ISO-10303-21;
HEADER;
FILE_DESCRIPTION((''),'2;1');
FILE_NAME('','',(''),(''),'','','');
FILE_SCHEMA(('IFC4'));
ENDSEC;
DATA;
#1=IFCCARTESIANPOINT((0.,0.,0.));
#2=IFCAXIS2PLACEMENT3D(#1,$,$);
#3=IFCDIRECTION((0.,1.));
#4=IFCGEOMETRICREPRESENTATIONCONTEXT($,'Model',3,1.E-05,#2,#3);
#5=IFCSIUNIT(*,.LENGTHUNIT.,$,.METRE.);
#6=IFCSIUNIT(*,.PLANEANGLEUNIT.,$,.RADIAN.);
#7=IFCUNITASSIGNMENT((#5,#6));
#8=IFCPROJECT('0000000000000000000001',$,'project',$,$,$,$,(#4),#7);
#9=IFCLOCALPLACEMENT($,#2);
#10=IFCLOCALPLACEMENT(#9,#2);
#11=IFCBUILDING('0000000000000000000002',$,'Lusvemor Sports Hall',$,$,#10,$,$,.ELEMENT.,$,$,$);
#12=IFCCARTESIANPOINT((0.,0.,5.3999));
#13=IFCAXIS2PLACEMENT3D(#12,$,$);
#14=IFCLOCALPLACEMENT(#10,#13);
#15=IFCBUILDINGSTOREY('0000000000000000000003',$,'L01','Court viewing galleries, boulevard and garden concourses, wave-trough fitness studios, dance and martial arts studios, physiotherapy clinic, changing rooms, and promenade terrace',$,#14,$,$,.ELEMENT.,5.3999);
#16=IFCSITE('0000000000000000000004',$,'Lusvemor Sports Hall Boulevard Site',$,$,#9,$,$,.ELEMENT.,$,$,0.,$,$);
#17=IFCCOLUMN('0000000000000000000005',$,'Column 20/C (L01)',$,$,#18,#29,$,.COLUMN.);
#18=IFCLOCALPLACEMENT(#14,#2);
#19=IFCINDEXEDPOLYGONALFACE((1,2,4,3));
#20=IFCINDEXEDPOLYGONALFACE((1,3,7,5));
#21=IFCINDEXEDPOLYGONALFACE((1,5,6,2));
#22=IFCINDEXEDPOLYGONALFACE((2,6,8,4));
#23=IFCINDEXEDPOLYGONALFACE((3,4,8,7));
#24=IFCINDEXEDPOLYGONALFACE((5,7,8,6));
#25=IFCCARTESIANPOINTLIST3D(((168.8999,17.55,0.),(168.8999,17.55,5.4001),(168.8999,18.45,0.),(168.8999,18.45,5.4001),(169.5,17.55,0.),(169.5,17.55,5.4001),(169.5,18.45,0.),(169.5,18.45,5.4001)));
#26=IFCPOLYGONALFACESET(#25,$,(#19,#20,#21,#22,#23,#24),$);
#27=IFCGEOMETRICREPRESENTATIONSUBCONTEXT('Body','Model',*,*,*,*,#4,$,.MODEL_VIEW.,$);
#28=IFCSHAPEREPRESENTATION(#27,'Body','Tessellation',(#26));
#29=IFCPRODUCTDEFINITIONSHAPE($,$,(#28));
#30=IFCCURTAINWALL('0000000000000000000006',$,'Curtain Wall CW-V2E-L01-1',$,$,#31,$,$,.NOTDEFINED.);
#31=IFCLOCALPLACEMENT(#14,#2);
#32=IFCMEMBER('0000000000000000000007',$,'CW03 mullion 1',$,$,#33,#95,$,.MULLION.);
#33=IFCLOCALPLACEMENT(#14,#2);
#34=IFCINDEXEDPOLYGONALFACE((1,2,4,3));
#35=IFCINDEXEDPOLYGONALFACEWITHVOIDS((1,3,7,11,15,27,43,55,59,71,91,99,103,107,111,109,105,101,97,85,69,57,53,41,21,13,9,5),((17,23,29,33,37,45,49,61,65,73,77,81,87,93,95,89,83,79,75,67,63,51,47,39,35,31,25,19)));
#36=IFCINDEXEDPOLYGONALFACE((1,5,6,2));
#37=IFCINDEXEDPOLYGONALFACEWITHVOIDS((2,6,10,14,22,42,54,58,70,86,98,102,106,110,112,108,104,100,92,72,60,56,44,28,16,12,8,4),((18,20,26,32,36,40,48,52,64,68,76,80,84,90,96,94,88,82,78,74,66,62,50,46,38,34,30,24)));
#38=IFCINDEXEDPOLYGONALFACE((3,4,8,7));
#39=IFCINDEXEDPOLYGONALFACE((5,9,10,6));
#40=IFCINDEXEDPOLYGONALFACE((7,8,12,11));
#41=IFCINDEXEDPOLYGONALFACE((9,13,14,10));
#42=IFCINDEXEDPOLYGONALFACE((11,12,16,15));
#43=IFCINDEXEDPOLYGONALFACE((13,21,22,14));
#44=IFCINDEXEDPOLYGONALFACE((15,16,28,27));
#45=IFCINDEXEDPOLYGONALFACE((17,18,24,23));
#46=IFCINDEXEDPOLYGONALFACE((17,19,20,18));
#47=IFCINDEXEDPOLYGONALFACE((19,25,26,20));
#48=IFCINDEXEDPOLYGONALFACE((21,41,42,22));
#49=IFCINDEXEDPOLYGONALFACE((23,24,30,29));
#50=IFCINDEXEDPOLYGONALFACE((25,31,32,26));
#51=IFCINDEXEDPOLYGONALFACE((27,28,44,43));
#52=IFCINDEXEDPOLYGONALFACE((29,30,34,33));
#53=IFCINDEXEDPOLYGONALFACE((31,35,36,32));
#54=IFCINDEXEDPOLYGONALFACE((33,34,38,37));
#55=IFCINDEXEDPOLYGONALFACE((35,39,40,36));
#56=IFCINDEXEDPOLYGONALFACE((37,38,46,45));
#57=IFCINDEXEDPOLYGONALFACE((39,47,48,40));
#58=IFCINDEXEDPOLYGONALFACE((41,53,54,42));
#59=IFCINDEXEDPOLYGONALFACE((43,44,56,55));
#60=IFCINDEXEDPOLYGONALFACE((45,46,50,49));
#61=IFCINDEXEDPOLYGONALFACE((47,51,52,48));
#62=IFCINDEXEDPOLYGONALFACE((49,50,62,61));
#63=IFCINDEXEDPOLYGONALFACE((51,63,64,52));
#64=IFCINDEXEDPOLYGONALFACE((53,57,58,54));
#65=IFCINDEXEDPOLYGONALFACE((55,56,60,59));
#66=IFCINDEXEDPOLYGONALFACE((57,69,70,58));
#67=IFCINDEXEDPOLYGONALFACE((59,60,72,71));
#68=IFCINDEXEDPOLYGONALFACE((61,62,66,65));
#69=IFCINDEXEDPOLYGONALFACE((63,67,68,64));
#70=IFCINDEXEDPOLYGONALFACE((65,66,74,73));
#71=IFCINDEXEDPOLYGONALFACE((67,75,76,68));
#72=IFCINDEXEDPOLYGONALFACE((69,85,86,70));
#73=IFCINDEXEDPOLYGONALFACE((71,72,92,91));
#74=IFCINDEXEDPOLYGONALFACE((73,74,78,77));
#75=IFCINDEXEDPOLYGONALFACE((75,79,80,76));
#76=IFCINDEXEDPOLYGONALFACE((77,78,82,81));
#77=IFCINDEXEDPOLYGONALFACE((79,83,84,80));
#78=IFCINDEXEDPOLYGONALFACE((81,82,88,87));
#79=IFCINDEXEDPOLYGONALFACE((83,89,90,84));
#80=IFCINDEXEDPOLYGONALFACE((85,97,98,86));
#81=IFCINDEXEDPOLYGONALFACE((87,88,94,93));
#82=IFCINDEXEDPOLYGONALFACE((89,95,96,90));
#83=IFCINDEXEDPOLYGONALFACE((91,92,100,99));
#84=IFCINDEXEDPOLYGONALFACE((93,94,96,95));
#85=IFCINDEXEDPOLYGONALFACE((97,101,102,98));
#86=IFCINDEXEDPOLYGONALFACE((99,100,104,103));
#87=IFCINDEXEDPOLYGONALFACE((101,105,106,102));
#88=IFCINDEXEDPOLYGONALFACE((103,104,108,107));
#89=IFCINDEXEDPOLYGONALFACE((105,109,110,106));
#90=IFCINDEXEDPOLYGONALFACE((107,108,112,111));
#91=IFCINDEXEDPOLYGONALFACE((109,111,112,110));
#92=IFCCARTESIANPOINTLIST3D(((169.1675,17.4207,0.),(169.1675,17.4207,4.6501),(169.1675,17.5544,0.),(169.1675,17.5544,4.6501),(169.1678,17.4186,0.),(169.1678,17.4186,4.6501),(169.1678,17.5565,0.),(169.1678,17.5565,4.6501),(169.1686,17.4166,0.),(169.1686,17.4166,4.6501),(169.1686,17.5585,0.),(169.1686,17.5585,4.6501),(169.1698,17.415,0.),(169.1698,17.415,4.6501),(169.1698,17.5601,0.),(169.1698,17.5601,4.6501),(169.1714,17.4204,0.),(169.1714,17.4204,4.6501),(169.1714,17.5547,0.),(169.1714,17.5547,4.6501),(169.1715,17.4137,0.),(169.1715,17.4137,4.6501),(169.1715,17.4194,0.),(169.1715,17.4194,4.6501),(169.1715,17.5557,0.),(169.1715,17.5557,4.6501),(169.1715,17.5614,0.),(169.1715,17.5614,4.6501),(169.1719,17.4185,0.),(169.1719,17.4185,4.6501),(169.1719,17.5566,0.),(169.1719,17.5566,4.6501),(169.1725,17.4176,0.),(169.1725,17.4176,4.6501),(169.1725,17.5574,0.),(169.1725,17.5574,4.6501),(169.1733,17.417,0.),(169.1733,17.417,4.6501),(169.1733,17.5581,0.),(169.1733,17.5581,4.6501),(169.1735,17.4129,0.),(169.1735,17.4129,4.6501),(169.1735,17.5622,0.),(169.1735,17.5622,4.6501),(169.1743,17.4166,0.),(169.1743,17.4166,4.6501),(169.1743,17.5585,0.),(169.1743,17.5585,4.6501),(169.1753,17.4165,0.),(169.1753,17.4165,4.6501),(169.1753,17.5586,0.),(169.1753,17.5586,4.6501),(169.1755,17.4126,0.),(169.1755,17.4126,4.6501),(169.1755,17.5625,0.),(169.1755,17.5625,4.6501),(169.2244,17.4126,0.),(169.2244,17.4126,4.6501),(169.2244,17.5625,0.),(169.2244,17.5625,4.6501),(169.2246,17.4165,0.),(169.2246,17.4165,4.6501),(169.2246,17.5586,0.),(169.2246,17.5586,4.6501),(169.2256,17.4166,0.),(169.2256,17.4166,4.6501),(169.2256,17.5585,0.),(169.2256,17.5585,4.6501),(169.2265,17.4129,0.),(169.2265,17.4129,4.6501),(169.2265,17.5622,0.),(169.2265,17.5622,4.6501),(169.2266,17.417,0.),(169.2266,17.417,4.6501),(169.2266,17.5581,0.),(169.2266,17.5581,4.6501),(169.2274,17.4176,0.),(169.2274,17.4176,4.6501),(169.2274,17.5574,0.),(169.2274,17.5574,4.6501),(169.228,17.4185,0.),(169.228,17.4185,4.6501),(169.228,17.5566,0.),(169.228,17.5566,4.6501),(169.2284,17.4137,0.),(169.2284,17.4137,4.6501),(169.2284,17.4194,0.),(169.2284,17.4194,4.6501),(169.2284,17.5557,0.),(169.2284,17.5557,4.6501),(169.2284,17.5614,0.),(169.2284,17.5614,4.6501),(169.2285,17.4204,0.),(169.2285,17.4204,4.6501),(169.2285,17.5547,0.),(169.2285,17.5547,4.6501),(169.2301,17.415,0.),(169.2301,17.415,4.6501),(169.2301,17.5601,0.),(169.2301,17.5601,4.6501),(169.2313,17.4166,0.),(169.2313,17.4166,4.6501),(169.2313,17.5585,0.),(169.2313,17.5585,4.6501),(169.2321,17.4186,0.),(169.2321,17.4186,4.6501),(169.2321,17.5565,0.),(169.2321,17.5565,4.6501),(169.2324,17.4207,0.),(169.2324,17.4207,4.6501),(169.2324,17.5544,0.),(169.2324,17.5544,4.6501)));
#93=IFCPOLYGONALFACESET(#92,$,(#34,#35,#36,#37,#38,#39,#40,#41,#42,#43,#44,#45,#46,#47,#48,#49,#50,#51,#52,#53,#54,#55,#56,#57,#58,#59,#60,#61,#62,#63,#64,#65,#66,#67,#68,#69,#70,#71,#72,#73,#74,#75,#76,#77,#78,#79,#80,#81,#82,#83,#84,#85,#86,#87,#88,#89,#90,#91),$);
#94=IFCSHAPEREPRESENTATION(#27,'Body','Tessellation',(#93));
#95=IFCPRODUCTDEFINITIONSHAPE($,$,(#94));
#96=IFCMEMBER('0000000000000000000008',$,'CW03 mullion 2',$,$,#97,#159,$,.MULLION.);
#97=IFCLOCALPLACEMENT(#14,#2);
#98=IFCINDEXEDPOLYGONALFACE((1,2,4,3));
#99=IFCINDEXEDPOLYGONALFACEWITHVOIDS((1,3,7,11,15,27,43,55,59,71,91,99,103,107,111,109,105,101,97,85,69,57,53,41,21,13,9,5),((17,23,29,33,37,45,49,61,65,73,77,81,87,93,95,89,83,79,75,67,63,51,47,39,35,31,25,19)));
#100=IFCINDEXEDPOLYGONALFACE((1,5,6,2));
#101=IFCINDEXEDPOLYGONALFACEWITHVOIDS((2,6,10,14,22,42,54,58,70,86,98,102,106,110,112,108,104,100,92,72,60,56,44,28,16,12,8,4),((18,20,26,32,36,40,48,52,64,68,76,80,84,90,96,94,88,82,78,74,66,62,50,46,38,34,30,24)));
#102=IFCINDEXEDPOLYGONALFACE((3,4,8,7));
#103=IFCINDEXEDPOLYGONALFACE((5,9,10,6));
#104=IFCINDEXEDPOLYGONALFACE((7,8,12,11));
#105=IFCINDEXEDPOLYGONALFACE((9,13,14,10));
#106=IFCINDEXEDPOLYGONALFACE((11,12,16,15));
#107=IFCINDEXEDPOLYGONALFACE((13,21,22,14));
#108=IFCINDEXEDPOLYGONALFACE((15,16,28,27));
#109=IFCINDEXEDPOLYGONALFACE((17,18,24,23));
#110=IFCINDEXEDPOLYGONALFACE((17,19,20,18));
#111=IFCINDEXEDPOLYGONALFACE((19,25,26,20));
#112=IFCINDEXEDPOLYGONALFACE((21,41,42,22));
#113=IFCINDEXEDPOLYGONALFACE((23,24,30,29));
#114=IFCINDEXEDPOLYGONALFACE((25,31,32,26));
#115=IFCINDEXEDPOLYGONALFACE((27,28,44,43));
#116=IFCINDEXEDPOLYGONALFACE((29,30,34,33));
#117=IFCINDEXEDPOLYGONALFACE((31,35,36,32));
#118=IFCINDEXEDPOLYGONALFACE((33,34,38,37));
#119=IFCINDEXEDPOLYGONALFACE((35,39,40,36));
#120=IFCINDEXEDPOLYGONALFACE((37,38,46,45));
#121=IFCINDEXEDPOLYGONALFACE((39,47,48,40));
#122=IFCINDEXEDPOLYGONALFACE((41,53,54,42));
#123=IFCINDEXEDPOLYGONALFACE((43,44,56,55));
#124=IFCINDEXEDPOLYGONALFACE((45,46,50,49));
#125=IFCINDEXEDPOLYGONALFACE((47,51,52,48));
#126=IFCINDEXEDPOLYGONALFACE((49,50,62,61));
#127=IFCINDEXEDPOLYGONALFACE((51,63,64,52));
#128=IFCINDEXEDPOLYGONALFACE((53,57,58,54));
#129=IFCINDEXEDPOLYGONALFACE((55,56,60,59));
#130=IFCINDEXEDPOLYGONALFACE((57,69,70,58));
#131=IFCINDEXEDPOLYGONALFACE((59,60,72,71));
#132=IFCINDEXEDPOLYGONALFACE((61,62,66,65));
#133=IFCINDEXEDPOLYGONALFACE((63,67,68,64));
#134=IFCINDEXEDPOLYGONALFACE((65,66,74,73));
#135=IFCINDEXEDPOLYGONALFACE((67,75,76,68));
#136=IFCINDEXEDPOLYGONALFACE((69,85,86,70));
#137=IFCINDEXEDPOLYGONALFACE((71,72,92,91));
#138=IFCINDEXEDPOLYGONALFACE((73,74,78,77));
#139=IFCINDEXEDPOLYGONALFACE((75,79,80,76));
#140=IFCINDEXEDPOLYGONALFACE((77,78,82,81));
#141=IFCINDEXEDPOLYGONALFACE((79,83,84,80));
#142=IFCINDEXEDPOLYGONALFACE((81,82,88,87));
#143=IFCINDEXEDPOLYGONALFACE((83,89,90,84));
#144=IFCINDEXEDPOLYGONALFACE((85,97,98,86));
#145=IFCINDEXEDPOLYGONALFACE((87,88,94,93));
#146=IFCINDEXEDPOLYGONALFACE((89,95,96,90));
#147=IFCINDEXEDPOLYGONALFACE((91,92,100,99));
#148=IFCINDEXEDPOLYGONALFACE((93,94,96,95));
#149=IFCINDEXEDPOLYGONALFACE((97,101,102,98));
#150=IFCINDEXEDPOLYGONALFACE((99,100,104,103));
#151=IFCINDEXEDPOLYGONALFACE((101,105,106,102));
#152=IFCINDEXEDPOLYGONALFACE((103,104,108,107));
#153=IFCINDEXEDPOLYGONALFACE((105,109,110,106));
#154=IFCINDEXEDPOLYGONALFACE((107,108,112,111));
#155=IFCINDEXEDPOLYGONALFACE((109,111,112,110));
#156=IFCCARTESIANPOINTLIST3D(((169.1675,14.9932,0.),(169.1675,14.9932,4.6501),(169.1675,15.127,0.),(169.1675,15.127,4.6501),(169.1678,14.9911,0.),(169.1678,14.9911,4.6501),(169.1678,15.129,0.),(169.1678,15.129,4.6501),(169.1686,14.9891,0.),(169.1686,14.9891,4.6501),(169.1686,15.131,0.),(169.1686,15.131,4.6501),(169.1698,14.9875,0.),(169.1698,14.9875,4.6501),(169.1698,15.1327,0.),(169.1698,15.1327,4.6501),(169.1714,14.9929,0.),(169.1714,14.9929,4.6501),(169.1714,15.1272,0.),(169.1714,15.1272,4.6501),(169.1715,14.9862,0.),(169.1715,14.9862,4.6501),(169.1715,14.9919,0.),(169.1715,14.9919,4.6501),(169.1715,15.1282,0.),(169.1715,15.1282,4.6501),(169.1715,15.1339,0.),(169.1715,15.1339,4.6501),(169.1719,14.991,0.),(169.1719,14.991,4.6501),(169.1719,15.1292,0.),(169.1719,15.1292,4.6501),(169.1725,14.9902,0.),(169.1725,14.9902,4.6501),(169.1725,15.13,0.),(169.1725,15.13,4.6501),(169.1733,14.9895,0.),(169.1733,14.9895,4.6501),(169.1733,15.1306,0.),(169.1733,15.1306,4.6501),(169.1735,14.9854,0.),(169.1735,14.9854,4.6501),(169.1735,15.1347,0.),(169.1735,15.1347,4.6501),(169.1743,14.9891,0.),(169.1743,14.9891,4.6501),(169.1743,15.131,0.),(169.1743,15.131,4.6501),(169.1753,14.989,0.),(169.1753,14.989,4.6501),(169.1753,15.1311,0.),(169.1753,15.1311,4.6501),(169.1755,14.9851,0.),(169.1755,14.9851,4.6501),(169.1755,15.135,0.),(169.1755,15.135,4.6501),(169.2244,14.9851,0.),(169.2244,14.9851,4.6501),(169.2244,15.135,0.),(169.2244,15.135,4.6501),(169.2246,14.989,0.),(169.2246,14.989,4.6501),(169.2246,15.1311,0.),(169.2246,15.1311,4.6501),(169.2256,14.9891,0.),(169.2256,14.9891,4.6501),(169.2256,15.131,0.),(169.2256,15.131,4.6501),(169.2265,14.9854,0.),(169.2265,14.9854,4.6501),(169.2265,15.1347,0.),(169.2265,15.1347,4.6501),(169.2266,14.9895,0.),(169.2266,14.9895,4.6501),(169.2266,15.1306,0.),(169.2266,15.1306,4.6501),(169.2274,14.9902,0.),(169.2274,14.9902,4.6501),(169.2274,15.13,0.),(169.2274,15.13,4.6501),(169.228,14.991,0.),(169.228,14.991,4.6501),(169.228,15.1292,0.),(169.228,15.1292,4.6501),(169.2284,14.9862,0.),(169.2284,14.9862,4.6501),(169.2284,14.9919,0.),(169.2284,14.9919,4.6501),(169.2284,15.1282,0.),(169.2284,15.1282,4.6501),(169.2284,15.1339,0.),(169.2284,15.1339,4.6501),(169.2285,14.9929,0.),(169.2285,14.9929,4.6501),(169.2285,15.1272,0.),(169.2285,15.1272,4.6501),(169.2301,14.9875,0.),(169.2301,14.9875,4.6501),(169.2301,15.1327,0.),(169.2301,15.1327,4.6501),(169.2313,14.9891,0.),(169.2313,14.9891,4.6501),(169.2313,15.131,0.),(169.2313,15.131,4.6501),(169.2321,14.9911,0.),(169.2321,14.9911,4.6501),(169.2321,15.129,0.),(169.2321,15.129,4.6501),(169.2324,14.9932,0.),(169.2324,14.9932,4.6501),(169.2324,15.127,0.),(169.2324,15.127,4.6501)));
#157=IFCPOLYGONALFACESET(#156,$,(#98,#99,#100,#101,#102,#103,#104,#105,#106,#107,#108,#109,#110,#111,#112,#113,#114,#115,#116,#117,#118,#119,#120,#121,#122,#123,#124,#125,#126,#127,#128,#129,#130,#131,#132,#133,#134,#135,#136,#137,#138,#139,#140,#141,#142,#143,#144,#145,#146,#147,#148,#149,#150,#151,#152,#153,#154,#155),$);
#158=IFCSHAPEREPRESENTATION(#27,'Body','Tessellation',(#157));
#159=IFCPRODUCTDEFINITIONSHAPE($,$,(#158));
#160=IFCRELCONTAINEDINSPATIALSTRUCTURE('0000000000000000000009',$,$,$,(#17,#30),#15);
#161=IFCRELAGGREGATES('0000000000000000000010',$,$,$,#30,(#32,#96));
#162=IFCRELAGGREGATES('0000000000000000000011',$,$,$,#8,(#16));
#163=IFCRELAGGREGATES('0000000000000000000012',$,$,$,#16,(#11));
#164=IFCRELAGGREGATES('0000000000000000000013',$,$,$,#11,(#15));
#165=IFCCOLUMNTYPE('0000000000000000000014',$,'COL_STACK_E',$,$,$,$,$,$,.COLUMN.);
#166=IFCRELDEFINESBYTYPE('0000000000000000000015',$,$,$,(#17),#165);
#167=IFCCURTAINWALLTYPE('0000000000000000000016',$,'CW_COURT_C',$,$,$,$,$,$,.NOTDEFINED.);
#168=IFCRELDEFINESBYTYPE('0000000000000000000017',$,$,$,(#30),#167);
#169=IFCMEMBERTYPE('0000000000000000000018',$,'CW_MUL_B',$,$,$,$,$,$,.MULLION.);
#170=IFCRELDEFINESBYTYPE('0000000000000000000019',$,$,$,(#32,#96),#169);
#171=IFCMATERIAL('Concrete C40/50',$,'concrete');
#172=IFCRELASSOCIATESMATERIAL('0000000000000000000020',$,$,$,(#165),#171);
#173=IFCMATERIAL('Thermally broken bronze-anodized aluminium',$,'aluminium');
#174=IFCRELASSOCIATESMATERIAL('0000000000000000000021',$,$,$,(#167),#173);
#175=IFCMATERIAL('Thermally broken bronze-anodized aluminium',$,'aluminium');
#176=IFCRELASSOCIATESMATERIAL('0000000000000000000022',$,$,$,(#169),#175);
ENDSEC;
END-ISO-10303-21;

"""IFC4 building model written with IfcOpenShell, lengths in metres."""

from ifc_helpers import new_model, si_unit, direction, frame, origin, origin_2d, place, context, subcontext, project, spatial, rectangle, hollow_rectangle, extrude, material, material_profile, profile_set, type_object, element, aggregate, save


model = new_model("IFC4")

# Units and contexts
model_context = context("Model", 3, precision=1e-05, world=origin(), true_north=direction((0.0, 1.0)))
body_context = subcontext(model_context, "Body", "Model", "MODEL_VIEW")
ifc_project = project(units=[si_unit("LENGTHUNIT", "METRE"), si_unit("PLANEANGLEUNIT", "RADIAN")], contexts=[model_context])

# Site, building, storey
site_placement = place(None, origin())
site = spatial("IfcSite", under=ifc_project, at=site_placement, Name="Lusvemor Sports Hall Boulevard Site", CompositionType="ELEMENT", RefElevation=0.0)
building_placement = place(site_placement, origin())
building = spatial("IfcBuilding", under=site, at=building_placement, Name="Lusvemor Sports Hall", CompositionType="ELEMENT")
storey_placement = place(building_placement, frame((0.0, 0.0, 5.3999)))
storey = spatial("IfcBuildingStorey", under=building, at=storey_placement, Name="L01", Description="Court viewing galleries, boulevard and garden concourses, wave-trough fitness studios, dance and martial arts studios, physiotherapy clinic, changing rooms, and promenade terrace", CompositionType="ELEMENT", Elevation=5.3999)

# Column
ifc_material_1 = material(Name="Concrete C40/50", Category="concrete")
ifc_material_profile_1 = material_profile(ifc_material_1, rectangle(XDim=0.6001, YDim=0.8999, at=origin_2d()), Name="RC600x900")
ifc_profile_set_1 = profile_set([ifc_material_profile_1], Name="Concrete C40/50")
column_type = type_object("IfcColumnType", Name="COL_STACK_E", PredefinedType="COLUMN", material=ifc_profile_set_1)
column_placement = place(storey_placement, frame((169.2, 18.0, 0.0), z_axis=(0.0, 0.0, 1.0), x_axis=(1.0, 0.0, 0.0)))
element("IfcColumn", 1, at=column_placement, inside=storey, type_object=column_type, Name="Column 20/C (L01)", PredefinedType="COLUMN", context=body_context, shape_type="SweptSolid", body=[
    extrude(rectangle(XDim=0.6001, YDim=0.8999, at=origin_2d()), origin(), (0.0, 0.0, 1.0), 5.4001),
])

# Curtain wall, members
ifc_material_2 = material(Name="Thermally broken bronze-anodized aluminium", Category="aluminium")
curtain_wall_type = type_object("IfcCurtainWallType", Name="CW_COURT_C", PredefinedType="NOTDEFINED", material=ifc_material_2)
curtain_wall_1_placement = place(storey_placement, origin())
curtain_wall_1 = element("IfcCurtainWall", 2, at=curtain_wall_1_placement, inside=storey, type_object=curtain_wall_type, Name="Curtain Wall CW-V2E-L01-1", PredefinedType="NOTDEFINED")
ifc_material_3 = material(Name="Thermally broken bronze-anodized aluminium", Category="aluminium")
ifc_material_profile_2 = material_profile(ifc_material_3, hollow_rectangle(XDim=0.0649, YDim=0.1499, WallThickness=0.0039, InnerFilletRadius=0.0039, OuterFilletRadius=0.0081, at=origin_2d()), Name="CWMUL150x65x4")
ifc_profile_set_2 = profile_set([ifc_material_profile_2], Name="Thermally broken bronze-anodized aluminium")
member_type_1 = type_object("IfcMemberType", Name="CW_MUL_B", PredefinedType="MULLION", material=ifc_profile_set_2)
member_1_placement = place(storey_placement, frame((169.2, 17.4875, 0.0), z_axis=(0.0, 0.0, 1.0), x_axis=(1.0, 0.0, 0.0)))
member_1 = element("IfcMember", 3, at=member_1_placement, type_object=member_type_1, Name="CW03 mullion 1", PredefinedType="MULLION", context=body_context, shape_type="SweptSolid", body=[
    extrude(hollow_rectangle(XDim=0.0649, YDim=0.1499, WallThickness=0.0039, InnerFilletRadius=0.0039, OuterFilletRadius=0.0081, at=origin_2d()), origin(), (0.0, 0.0, 1.0), 4.6501),
])
member_2_placement = place(storey_placement, frame((169.2, 15.0601, 0.0), z_axis=(0.0, 0.0, 1.0), x_axis=(1.0, 0.0, 0.0)))
member_2 = element("IfcMember", 4, at=member_2_placement, type_object=member_type_1, Name="CW03 mullion 2", PredefinedType="MULLION", context=body_context, shape_type="SweptSolid", body=[
    extrude(hollow_rectangle(XDim=0.0649, YDim=0.1499, WallThickness=0.0039, InnerFilletRadius=0.0039, OuterFilletRadius=0.0081, at=origin_2d()), origin(), (0.0, 0.0, 1.0), 4.6501),
])

aggregate(curtain_wall_1, [member_1, member_2])

save(model, "model.ifc")
